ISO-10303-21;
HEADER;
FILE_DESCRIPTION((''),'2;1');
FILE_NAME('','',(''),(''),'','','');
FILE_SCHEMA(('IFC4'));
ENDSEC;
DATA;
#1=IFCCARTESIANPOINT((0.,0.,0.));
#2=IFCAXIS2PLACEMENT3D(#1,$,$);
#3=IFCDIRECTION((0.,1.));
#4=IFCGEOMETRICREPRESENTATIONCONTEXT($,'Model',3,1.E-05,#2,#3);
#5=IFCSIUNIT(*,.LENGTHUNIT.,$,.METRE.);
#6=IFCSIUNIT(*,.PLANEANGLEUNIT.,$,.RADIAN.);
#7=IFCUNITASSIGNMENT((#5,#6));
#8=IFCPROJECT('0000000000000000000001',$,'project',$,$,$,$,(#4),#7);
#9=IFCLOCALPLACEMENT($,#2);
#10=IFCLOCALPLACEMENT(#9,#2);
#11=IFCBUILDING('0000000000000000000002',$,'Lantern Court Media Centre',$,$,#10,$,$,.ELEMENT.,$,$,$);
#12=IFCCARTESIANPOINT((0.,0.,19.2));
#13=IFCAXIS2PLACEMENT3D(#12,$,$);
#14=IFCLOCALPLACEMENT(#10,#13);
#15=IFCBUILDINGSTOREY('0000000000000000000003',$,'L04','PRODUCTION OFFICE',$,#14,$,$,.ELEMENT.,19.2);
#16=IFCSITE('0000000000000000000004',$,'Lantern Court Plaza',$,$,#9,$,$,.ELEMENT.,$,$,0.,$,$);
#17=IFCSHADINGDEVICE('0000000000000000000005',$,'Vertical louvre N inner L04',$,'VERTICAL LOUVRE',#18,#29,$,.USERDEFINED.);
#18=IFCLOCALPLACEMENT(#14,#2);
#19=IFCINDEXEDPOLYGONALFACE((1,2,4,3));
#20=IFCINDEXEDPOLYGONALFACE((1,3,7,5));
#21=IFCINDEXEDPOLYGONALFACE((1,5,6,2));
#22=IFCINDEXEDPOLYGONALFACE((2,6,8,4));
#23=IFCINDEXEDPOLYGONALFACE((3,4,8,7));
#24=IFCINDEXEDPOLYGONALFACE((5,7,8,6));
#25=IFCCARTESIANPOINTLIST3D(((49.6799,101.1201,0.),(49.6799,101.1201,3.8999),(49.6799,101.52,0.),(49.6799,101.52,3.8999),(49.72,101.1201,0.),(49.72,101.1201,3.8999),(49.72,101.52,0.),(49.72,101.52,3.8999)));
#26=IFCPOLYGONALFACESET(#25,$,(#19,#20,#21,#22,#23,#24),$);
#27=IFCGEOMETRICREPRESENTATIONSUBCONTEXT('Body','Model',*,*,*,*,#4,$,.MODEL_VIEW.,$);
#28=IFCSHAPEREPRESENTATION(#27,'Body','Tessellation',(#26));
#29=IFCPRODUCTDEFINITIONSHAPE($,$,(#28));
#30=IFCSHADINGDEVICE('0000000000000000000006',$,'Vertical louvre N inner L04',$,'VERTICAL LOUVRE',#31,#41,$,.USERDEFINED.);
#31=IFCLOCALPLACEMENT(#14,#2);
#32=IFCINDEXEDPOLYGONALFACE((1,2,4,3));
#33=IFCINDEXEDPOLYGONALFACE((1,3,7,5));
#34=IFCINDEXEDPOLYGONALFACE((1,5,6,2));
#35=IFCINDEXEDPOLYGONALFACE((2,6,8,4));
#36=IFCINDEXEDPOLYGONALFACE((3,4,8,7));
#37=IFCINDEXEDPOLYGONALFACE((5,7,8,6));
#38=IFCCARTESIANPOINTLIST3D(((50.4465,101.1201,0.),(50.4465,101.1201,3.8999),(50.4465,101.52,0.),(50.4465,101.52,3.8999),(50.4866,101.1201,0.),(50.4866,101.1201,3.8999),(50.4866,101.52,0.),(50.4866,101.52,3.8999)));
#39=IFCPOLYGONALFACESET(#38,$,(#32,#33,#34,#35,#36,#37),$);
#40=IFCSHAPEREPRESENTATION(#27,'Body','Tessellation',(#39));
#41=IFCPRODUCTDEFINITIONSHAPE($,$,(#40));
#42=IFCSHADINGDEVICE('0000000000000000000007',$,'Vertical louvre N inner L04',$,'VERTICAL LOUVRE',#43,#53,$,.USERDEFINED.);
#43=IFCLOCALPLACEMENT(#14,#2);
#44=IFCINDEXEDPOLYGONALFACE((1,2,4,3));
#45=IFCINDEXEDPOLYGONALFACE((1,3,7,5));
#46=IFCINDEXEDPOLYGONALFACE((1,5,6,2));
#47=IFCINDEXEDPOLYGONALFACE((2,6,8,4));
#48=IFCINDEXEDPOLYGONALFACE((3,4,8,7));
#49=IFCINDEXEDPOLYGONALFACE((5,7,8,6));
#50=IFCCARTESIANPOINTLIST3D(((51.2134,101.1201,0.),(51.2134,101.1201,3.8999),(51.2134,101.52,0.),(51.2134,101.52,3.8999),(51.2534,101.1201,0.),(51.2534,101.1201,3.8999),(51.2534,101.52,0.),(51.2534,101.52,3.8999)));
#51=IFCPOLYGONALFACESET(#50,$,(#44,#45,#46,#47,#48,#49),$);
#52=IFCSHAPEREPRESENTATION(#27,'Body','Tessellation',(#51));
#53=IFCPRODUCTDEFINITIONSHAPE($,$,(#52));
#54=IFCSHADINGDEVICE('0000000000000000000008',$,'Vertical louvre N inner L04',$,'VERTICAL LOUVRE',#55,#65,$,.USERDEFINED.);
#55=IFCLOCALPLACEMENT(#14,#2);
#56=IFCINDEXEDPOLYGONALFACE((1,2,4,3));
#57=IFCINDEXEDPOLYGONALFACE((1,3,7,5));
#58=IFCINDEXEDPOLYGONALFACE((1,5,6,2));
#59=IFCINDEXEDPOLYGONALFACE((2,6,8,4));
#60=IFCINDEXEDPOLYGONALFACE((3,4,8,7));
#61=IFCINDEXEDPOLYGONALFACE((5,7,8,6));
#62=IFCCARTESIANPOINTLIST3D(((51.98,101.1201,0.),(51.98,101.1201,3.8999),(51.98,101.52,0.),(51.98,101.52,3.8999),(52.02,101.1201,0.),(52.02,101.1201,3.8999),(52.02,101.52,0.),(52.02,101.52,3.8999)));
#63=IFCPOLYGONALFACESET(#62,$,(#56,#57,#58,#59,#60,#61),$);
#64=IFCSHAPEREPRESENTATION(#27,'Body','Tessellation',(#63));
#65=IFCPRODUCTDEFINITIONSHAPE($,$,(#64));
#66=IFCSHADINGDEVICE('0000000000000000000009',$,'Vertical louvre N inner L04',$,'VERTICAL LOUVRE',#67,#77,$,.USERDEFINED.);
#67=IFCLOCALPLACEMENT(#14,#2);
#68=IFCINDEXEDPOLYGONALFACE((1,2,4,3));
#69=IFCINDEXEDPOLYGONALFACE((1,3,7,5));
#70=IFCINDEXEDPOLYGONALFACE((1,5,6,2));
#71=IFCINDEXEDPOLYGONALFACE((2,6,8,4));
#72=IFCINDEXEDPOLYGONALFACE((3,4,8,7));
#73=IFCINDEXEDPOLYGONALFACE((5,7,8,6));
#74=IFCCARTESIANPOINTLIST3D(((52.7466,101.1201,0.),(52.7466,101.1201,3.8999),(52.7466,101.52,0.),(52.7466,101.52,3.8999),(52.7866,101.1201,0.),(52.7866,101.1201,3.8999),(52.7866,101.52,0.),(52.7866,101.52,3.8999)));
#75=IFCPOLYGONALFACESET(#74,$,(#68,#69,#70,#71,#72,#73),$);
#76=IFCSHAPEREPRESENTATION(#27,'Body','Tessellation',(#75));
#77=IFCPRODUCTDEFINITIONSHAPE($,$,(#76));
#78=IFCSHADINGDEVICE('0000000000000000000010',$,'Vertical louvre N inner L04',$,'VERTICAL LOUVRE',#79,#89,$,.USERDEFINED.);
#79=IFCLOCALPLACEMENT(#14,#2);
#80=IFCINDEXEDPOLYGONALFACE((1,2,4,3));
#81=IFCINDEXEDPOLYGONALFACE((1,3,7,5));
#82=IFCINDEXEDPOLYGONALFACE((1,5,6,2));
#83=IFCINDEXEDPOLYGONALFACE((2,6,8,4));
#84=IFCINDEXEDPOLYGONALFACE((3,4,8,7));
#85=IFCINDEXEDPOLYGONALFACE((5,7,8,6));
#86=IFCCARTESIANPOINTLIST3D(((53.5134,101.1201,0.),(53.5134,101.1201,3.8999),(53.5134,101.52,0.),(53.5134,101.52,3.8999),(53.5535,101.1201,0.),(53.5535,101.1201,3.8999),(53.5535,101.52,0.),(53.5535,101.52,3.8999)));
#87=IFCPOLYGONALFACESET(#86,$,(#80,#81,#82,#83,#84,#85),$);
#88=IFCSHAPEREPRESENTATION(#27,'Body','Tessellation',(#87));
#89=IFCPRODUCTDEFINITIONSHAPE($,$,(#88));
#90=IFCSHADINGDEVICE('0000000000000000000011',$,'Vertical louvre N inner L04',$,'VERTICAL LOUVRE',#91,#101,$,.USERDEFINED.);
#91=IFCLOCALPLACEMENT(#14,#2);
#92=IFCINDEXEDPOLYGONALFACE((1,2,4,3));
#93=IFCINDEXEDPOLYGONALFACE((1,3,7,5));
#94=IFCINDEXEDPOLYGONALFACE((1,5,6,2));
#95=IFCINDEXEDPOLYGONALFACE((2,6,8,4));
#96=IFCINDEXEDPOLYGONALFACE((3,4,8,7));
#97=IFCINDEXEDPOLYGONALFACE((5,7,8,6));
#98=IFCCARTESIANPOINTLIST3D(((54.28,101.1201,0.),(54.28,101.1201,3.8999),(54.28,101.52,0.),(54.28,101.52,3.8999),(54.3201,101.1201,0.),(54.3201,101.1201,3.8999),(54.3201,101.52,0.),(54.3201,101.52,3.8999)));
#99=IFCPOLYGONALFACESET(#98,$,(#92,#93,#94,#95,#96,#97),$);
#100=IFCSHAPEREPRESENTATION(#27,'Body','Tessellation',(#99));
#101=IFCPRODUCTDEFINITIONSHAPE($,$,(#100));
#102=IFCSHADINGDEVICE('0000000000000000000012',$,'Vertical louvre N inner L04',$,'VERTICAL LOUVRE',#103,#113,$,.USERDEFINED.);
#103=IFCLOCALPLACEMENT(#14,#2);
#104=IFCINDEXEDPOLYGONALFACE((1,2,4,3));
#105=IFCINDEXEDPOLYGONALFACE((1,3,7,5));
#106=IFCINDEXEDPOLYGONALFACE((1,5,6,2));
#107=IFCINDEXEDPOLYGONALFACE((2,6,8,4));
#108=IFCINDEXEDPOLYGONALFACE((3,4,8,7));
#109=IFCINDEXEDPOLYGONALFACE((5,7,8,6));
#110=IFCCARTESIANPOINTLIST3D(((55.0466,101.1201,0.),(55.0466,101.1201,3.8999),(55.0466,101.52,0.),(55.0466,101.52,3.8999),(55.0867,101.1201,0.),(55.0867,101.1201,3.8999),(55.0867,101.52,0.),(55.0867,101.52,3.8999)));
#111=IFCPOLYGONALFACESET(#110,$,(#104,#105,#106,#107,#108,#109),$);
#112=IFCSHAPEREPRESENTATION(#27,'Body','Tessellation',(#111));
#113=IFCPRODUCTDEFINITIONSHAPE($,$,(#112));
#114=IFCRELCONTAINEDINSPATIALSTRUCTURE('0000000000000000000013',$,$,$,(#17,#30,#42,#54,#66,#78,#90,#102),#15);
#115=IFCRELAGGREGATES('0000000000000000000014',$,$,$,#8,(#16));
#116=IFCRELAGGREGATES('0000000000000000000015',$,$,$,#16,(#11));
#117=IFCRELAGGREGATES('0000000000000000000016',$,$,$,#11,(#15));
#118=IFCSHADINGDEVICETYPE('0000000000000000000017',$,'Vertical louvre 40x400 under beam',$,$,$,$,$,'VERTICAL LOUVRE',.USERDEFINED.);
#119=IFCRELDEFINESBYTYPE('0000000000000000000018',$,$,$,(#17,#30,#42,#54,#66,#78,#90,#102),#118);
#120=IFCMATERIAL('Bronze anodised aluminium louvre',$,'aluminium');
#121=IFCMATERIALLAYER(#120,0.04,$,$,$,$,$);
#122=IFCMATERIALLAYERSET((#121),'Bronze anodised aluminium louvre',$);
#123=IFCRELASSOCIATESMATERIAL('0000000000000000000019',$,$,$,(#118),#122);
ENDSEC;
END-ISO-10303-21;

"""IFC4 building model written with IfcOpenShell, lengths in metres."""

from ifc_helpers import new_model, si_unit, direction, frame, origin, origin_2d, place, context, subcontext, project, spatial, rectangle, extrude, material, layer, layer_set, type_object, element, save


model = new_model("IFC4")

# Units and contexts
model_context = context("Model", 3, precision=1e-05, world=origin(), true_north=direction((0.0, 1.0)))
body_context = subcontext(model_context, "Body", "Model", "MODEL_VIEW")
ifc_project = project(units=[si_unit("LENGTHUNIT", "METRE"), si_unit("PLANEANGLEUNIT", "RADIAN")], contexts=[model_context])

# Site, building, storey
site_placement = place(None, origin())
site = spatial("IfcSite", under=ifc_project, at=site_placement, Name="Lantern Court Plaza", CompositionType="ELEMENT", RefElevation=0.0)
building_placement = place(site_placement, origin())
building = spatial("IfcBuilding", under=site, at=building_placement, Name="Lantern Court Media Centre", CompositionType="ELEMENT")
storey_placement = place(building_placement, frame((0.0, 0.0, 19.2)))
storey = spatial("IfcBuildingStorey", under=building, at=storey_placement, Name="L04", Description="PRODUCTION OFFICE", CompositionType="ELEMENT", Elevation=19.2)

# Shading devices
ifc_material_1 = material(Name="Bronze anodised aluminium louvre", Category="aluminium")
ifc_layer_1 = layer(ifc_material_1, 0.04)
ifc_layer_set_1 = layer_set([ifc_layer_1], Name="Bronze anodised aluminium louvre")
shading_device_type = type_object("IfcShadingDeviceType", Name="Vertical louvre 40x400 under beam", ElementType="VERTICAL LOUVRE", PredefinedType="USERDEFINED", material=ifc_layer_set_1)
for number, where, z_axis, x_axis, name in (
    (1, (49.7, 101.3201, 0.0), (0.0, 0.0, 1.0), (1.0, 0.0, 0.0), "Vertical louvre N inner L04"),
    (2, (50.4666, 101.3201, 0.0), (0.0, 0.0, 1.0), (1.0, 0.0, 0.0), "Vertical louvre N inner L04"),
    (3, (51.2334, 101.3201, 0.0), (0.0, 0.0, 1.0), (1.0, 0.0, 0.0), "Vertical louvre N inner L04"),
    (4, (52.0, 101.3201, 0.0), (0.0, 0.0, 1.0), (1.0, 0.0, 0.0), "Vertical louvre N inner L04"),
    (5, (52.7666, 101.3201, 0.0), (0.0, 0.0, 1.0), (1.0, 0.0, 0.0), "Vertical louvre N inner L04"),
    (6, (53.5334, 101.3201, 0.0), (0.0, 0.0, 1.0), (1.0, 0.0, 0.0), "Vertical louvre N inner L04"),
    (7, (54.3, 101.3201, 0.0), (0.0, 0.0, 1.0), (1.0, 0.0, 0.0), "Vertical louvre N inner L04"),
    (8, (55.0667, 101.3201, 0.0), (0.0, 0.0, 1.0), (1.0, 0.0, 0.0), "Vertical louvre N inner L04"),
):
    element("IfcShadingDevice", number, at=place(storey_placement, frame(where, z_axis=z_axis, x_axis=x_axis)), inside=storey, type_object=shading_device_type, Name=name, ObjectType="VERTICAL LOUVRE", PredefinedType="USERDEFINED", context=body_context, shape_type="SweptSolid", body=[
        extrude(rectangle(XDim=0.04, YDim=0.3999, at=origin_2d()), origin(), (0.0, 0.0, 1.0), 3.8999),
    ])

save(model, "model.ifc")
